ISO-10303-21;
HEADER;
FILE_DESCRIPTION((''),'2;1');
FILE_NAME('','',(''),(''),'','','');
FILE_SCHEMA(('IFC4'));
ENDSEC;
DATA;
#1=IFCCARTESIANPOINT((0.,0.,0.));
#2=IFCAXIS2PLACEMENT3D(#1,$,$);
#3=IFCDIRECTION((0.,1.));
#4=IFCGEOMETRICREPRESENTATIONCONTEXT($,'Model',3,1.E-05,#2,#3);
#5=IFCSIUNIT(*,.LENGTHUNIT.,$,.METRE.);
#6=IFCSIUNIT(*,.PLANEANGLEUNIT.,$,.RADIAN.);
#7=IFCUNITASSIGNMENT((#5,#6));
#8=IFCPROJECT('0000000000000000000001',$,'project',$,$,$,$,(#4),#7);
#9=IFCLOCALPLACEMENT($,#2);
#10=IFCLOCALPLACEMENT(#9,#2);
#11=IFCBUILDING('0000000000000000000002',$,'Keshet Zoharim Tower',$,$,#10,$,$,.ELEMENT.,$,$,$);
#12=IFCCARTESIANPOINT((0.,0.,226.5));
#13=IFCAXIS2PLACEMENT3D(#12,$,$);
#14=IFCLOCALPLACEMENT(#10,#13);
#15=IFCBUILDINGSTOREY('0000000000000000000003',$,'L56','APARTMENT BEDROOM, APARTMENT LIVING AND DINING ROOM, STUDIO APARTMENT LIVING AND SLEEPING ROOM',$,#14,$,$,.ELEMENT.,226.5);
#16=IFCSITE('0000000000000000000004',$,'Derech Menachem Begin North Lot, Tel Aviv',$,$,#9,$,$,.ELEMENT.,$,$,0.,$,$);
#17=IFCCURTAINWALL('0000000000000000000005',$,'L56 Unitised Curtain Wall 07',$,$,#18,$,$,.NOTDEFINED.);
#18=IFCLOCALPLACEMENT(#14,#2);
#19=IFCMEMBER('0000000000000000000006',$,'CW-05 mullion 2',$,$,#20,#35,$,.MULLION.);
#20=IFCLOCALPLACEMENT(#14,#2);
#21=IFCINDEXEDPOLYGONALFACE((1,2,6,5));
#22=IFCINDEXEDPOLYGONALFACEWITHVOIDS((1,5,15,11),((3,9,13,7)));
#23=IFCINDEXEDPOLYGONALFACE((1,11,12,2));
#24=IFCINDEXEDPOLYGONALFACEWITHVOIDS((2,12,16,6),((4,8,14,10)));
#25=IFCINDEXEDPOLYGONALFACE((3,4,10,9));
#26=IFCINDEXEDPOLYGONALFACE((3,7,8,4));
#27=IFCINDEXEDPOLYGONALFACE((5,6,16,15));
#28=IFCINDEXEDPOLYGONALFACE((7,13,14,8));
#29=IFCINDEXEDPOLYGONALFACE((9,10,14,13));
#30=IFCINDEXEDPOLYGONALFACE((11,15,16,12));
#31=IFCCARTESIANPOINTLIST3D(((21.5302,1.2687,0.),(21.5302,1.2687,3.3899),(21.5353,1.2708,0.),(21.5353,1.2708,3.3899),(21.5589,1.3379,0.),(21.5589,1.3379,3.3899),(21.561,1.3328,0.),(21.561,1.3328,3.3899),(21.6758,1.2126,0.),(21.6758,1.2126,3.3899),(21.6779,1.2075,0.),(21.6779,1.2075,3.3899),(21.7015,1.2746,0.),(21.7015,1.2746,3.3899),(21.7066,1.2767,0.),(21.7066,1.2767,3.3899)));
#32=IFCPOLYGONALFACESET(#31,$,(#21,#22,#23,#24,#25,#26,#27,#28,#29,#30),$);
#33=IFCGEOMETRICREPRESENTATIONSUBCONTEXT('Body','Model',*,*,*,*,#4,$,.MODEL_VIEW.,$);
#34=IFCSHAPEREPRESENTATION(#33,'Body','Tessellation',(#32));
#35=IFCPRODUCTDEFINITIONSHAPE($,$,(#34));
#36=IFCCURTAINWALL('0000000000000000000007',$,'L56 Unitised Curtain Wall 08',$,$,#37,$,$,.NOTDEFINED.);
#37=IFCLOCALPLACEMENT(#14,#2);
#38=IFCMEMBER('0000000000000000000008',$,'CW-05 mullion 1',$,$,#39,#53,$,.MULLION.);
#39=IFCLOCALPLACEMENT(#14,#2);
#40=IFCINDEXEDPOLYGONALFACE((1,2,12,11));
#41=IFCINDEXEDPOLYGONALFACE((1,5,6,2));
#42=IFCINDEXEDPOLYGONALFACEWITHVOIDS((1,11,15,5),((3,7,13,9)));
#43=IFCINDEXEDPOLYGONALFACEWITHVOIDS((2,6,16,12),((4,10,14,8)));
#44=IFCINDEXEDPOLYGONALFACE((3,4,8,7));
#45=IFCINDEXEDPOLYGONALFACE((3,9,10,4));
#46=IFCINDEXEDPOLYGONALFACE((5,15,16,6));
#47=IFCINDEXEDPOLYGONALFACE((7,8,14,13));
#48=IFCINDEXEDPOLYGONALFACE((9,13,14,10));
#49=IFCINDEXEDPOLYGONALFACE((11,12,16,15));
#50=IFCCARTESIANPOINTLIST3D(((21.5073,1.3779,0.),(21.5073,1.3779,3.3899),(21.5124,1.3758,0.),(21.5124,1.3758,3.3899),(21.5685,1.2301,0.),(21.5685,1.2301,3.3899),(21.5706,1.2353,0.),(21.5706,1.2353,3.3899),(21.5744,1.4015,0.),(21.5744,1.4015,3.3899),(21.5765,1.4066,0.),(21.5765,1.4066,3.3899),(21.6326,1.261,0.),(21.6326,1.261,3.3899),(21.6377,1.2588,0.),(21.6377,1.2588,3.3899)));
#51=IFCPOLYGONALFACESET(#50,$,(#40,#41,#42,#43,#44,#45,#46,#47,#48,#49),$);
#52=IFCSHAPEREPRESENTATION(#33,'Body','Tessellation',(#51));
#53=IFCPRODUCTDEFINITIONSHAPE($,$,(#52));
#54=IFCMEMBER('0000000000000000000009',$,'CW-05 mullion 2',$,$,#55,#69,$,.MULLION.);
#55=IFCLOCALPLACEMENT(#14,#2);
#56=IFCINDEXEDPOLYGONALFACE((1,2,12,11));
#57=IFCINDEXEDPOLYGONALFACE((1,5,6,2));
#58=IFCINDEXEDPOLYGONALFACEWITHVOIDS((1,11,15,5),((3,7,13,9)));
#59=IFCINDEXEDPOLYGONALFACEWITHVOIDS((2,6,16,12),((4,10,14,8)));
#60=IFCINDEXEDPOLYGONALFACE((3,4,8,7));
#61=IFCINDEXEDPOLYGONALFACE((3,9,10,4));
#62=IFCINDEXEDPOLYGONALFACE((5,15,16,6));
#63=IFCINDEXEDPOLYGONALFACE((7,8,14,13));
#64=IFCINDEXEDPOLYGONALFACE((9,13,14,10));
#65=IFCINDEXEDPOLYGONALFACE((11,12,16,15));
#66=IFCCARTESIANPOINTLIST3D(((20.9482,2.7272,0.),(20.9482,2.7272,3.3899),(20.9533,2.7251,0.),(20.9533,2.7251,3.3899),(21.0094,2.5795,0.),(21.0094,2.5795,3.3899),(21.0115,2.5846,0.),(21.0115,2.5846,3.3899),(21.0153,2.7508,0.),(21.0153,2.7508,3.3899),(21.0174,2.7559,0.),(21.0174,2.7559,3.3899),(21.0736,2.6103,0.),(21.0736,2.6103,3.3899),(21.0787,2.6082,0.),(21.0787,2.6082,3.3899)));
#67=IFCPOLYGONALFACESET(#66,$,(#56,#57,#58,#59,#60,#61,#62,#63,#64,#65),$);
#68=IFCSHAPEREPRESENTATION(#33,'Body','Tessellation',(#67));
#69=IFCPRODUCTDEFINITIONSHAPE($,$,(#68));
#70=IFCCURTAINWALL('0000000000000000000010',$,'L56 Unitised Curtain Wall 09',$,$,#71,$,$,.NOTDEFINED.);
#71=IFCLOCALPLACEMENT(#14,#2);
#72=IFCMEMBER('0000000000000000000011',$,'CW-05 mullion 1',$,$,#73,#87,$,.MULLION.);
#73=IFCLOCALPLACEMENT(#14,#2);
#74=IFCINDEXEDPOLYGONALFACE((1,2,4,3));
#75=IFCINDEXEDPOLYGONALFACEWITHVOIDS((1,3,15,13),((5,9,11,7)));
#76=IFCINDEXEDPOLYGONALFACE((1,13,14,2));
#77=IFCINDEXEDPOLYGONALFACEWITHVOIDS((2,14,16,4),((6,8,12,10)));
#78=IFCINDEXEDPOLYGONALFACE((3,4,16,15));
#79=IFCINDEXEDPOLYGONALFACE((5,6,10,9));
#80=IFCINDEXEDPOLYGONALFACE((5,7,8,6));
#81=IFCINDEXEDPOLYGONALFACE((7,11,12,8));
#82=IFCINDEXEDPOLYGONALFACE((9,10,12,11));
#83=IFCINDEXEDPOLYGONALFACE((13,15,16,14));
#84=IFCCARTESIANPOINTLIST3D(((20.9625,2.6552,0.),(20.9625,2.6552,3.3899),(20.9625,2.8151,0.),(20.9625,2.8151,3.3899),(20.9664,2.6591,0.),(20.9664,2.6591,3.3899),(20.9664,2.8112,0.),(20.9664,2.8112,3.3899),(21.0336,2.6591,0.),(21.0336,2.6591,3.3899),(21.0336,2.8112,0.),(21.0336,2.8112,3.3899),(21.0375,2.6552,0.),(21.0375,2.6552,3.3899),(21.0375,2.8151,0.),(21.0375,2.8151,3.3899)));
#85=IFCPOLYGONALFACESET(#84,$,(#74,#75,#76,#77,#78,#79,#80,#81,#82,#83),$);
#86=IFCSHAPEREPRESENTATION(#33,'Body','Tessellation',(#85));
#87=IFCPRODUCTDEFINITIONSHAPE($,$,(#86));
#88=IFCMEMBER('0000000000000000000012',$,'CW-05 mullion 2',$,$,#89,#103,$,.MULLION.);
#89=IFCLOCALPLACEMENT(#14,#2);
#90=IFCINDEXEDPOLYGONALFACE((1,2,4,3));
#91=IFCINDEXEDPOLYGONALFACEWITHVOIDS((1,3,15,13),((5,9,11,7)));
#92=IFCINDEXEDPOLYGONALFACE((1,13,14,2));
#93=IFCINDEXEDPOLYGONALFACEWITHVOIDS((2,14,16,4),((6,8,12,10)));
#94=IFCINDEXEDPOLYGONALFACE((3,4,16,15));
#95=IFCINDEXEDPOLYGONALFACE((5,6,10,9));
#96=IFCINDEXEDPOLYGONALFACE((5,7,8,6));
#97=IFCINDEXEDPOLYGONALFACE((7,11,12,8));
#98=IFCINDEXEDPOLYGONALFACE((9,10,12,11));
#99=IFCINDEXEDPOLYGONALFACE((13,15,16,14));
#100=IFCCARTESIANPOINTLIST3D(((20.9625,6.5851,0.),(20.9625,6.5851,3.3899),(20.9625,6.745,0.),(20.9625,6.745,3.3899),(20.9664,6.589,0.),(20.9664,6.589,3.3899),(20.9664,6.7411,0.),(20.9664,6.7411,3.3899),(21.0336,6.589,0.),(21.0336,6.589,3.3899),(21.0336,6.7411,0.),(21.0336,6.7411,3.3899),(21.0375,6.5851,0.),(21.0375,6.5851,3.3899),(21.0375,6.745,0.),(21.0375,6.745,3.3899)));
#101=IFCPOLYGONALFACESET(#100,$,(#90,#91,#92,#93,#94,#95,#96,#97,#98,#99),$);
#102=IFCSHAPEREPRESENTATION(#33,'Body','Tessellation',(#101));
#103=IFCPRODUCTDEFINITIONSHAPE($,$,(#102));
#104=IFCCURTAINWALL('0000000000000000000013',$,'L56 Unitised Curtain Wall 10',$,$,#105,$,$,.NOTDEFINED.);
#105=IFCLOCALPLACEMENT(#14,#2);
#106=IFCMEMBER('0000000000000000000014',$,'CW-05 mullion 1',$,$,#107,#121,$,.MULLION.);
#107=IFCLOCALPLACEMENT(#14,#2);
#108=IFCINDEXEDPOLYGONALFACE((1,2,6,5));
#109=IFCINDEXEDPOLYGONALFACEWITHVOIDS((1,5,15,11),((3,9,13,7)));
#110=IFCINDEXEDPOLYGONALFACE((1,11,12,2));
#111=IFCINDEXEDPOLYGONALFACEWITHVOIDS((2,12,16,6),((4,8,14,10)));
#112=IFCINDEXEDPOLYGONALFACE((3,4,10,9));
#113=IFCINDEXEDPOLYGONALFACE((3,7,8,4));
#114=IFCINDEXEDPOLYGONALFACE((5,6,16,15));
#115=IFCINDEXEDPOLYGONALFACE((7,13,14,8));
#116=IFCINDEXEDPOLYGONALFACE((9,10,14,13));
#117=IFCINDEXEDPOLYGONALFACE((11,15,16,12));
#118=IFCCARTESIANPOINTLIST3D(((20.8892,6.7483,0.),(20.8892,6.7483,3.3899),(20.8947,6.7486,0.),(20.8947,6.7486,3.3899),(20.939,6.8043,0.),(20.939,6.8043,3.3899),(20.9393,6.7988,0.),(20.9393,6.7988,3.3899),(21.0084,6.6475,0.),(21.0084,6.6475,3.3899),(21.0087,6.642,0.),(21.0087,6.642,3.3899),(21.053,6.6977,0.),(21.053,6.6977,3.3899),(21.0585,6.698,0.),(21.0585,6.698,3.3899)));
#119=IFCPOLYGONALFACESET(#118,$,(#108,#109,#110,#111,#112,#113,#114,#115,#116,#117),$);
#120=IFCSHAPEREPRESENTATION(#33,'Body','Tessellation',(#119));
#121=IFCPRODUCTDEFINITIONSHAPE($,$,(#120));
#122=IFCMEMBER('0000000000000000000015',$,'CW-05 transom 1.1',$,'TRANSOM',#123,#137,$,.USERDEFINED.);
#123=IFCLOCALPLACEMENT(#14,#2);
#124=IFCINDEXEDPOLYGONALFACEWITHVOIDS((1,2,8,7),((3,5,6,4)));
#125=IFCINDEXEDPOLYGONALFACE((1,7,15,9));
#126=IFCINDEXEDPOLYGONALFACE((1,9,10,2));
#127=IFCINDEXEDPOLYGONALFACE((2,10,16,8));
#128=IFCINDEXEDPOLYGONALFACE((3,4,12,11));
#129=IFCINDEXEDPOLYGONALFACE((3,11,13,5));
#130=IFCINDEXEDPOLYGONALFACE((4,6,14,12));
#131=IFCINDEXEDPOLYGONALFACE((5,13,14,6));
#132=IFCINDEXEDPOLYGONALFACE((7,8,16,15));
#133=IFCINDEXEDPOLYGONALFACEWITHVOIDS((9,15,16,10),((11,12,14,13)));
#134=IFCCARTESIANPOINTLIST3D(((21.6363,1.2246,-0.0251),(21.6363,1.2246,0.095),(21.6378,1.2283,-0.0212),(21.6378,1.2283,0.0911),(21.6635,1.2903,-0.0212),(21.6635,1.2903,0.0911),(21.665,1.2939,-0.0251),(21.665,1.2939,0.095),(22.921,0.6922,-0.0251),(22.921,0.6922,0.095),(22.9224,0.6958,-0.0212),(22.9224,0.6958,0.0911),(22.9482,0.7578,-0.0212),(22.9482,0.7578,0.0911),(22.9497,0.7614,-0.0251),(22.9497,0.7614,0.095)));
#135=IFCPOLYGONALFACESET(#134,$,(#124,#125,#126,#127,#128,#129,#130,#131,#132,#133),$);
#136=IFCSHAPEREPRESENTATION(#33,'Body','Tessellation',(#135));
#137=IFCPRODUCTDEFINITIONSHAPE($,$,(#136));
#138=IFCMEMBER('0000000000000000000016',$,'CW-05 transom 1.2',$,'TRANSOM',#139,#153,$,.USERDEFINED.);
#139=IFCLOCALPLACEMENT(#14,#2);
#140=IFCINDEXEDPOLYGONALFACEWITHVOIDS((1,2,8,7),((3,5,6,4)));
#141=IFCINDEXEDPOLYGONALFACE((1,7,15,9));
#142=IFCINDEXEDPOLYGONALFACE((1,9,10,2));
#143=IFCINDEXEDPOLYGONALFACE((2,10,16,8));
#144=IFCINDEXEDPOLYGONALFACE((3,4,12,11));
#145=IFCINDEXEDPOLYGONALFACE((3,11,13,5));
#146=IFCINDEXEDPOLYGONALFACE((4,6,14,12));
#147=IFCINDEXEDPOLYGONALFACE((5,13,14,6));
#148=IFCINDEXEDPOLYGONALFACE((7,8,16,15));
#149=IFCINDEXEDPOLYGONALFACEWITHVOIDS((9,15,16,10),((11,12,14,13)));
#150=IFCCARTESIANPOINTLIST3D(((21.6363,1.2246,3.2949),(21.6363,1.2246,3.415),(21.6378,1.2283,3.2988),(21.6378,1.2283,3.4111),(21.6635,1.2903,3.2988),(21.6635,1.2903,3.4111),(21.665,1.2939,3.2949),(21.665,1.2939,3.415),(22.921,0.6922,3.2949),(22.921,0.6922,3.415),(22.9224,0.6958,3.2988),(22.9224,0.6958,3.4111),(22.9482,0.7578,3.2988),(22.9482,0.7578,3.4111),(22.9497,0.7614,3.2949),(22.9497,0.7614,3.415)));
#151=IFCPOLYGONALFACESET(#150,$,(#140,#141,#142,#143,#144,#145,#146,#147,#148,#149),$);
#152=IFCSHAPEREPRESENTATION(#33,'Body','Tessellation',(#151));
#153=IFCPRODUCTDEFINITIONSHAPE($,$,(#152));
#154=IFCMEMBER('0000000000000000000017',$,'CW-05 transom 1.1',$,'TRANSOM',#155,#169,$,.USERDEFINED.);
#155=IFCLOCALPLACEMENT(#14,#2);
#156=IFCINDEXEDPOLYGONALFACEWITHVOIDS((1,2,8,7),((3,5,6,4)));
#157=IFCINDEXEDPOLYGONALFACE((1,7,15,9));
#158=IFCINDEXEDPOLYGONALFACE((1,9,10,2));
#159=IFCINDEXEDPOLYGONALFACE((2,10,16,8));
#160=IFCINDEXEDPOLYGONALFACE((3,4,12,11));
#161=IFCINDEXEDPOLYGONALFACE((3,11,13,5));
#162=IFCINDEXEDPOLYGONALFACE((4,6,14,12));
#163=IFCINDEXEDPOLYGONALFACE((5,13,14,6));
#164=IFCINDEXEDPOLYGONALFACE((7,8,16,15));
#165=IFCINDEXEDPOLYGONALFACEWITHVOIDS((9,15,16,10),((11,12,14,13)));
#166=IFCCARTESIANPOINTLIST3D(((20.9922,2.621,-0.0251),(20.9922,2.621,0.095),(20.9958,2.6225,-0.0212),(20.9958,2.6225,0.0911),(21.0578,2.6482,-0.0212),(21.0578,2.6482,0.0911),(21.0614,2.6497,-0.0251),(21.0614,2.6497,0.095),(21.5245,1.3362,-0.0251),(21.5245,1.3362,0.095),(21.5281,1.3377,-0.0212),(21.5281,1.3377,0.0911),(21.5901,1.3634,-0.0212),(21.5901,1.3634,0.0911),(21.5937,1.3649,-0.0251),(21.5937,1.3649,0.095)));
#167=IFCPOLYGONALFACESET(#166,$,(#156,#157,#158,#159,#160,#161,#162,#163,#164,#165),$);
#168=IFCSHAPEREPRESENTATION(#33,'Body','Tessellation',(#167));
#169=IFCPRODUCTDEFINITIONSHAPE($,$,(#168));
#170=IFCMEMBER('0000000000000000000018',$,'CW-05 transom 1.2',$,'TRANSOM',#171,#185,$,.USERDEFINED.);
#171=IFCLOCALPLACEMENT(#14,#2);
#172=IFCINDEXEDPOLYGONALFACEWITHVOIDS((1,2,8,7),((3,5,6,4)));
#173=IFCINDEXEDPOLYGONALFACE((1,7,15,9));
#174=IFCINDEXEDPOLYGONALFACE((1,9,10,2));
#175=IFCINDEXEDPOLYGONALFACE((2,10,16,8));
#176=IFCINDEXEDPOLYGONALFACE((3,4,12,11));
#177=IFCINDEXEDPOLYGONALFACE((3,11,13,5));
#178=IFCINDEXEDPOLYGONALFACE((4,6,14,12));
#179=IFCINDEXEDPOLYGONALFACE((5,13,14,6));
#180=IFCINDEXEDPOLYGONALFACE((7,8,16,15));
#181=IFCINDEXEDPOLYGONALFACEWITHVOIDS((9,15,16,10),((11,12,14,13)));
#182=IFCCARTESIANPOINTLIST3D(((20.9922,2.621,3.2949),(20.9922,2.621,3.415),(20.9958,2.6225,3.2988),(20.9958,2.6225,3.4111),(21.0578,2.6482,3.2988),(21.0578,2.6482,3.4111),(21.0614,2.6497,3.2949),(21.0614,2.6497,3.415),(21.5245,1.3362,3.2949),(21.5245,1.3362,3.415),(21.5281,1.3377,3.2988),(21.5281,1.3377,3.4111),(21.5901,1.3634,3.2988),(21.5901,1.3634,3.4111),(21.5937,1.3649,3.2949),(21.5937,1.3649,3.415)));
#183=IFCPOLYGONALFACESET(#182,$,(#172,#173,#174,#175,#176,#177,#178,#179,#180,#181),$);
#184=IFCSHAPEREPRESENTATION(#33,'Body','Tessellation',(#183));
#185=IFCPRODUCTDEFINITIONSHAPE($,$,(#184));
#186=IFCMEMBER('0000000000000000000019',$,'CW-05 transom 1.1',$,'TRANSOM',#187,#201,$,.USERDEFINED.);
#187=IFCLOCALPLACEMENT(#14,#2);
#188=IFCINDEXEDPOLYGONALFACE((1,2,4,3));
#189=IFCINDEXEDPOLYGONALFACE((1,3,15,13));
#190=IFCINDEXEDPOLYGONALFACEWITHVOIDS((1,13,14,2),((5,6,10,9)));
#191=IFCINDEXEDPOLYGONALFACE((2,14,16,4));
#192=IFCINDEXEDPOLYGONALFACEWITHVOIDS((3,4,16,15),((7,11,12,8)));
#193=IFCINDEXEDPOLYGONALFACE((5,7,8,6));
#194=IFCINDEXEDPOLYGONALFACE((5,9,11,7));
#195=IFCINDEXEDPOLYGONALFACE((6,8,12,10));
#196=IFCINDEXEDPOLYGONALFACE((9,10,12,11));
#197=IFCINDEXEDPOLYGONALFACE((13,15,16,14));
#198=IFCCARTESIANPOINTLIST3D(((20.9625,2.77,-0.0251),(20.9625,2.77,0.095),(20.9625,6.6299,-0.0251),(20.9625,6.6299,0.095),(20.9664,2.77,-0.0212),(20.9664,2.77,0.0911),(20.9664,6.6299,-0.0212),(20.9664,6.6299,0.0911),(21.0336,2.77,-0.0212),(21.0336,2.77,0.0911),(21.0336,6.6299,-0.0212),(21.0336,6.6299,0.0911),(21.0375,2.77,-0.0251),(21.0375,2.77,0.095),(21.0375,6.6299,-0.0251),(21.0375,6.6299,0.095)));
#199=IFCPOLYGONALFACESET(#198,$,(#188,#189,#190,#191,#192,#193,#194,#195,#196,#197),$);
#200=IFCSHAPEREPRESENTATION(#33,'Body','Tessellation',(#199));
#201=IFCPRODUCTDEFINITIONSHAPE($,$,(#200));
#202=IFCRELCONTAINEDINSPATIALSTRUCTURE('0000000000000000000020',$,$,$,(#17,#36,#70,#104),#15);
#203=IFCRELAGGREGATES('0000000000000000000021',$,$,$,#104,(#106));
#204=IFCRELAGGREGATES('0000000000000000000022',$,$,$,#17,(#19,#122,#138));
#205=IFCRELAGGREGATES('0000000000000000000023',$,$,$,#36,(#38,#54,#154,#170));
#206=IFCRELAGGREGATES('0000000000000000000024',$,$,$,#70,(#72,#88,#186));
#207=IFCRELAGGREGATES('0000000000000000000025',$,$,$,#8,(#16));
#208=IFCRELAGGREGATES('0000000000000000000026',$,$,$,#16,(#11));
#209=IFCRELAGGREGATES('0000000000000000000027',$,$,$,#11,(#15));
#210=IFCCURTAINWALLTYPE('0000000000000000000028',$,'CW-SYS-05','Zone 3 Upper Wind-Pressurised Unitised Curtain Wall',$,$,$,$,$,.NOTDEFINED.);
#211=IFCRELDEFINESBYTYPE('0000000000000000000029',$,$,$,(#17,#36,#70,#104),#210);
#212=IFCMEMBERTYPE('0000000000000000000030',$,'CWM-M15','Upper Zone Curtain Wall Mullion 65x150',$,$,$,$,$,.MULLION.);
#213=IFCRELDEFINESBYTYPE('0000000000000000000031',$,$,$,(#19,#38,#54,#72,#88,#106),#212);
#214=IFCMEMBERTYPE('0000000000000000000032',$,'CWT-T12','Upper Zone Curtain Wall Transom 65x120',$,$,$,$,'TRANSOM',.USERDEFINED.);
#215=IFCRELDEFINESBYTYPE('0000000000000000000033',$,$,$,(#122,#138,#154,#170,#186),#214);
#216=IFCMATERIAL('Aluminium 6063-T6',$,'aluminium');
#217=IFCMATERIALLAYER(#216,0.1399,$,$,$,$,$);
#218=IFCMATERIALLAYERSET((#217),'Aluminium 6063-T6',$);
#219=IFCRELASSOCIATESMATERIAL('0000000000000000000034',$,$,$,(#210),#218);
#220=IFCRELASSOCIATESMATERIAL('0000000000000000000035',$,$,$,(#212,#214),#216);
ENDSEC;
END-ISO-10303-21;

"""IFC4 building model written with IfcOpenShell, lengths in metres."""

from ifc_helpers import new_model, si_unit, direction, frame, origin, origin_2d, place, context, subcontext, project, spatial, hollow_rectangle, extrude, material, layer, layer_set, material_profile, profile_set, type_object, element, aggregate, save


model = new_model("IFC4")

# Units and contexts
model_context = context("Model", 3, precision=1e-05, world=origin(), true_north=direction((0.0, 1.0)))
body_context = subcontext(model_context, "Body", "Model", "MODEL_VIEW")
ifc_project = project(units=[si_unit("LENGTHUNIT", "METRE"), si_unit("PLANEANGLEUNIT", "RADIAN")], contexts=[model_context])

# Site, building, storey
site_placement = place(None, origin())
site = spatial("IfcSite", under=ifc_project, at=site_placement, Name="Derech Menachem Begin North Lot, Tel Aviv", CompositionType="ELEMENT", RefElevation=0.0)
building_placement = place(site_placement, origin())
building = spatial("IfcBuilding", under=site, at=building_placement, Name="Keshet Zoharim Tower", CompositionType="ELEMENT")
storey_placement = place(building_placement, frame((0.0, 0.0, 226.5)))
storey = spatial("IfcBuildingStorey", under=building, at=storey_placement, Name="L56", Description="APARTMENT BEDROOM, APARTMENT LIVING AND DINING ROOM, STUDIO APARTMENT LIVING AND SLEEPING ROOM", CompositionType="ELEMENT", Elevation=226.5)

# Shared definitions
ifc_material_1 = material(Name="Aluminium 6063-T6", Category="aluminium")
ifc_layer_1 = layer(ifc_material_1, 0.1399)
ifc_layer_set_1 = layer_set([ifc_layer_1], Name="Aluminium 6063-T6")
curtain_wall_type = type_object("IfcCurtainWallType", Name="CW-SYS-05", Description="Zone 3 Upper Wind-Pressurised Unitised Curtain Wall", PredefinedType="NOTDEFINED", material=ifc_layer_set_1)
ifc_material_profile_1 = material_profile(ifc_material_1, hollow_rectangle(XDim=0.075, YDim=0.1599, WallThickness=0.0039, at=origin_2d()), Name="MUL-75x160")
ifc_profile_set_1 = profile_set([ifc_material_profile_1], Name="Aluminium 6063-T6")
member_type_1 = type_object("IfcMemberType", Name="CWM-M15", Description="Upper Zone Curtain Wall Mullion 65x150", PredefinedType="MULLION", material=ifc_profile_set_1)

# Curtain walls, members
curtain_wall_1_placement = place(storey_placement, origin())
curtain_wall_1 = element("IfcCurtainWall", 1, at=curtain_wall_1_placement, inside=storey, type_object=curtain_wall_type, Name="L56 Unitised Curtain Wall 07", PredefinedType="NOTDEFINED")
member_1_placement = place(storey_placement, frame((21.6184, 1.2727, 0.0), z_axis=(0.0, 0.0, 1.0), x_axis=(-0.382852, -0.92381, 0.0)))
member_1 = element("IfcMember", 2, at=member_1_placement, type_object=member_type_1, Name="CW-05 mullion 2", PredefinedType="MULLION", context=body_context, shape_type="SweptSolid", body=[
    extrude(hollow_rectangle(XDim=0.075, YDim=0.1599, WallThickness=0.0039, at=origin_2d()), origin(), (0.0, 0.0, 1.0), 3.3899),
])
curtain_wall_2_placement = place(storey_placement, origin())
curtain_wall_2 = element("IfcCurtainWall", 3, at=curtain_wall_2_placement, inside=storey, type_object=curtain_wall_type, Name="L56 Unitised Curtain Wall 08", PredefinedType="NOTDEFINED")
member_2_placement = place(storey_placement, frame((21.5725, 1.3184, 0.0), z_axis=(0.0, 0.0, 1.0), x_axis=(-0.92381, -0.382852, 0.0)))
member_2 = element("IfcMember", 4, at=member_2_placement, type_object=member_type_1, Name="CW-05 mullion 1", PredefinedType="MULLION", context=body_context, shape_type="SweptSolid", body=[
    extrude(hollow_rectangle(XDim=0.075, YDim=0.1599, WallThickness=0.0039, at=origin_2d()), origin(), (0.0, 0.0, 1.0), 3.3899),
])
member_3_placement = place(storey_placement, frame((21.0134, 2.6677, 0.0), z_axis=(0.0, 0.0, 1.0), x_axis=(-0.92381, -0.382852, 0.0)))
member_3 = element("IfcMember", 5, at=member_3_placement, type_object=member_type_1, Name="CW-05 mullion 2", PredefinedType="MULLION", context=body_context, shape_type="SweptSolid", body=[
    extrude(hollow_rectangle(XDim=0.075, YDim=0.1599, WallThickness=0.0039, at=origin_2d()), origin(), (0.0, 0.0, 1.0), 3.3899),
])
curtain_wall_3_placement = place(storey_placement, origin())
curtain_wall_3 = element("IfcCurtainWall", 6, at=curtain_wall_3_placement, inside=storey, type_object=curtain_wall_type, Name="L56 Unitised Curtain Wall 09", PredefinedType="NOTDEFINED")
member_4_placement = place(storey_placement, frame((21.0, 2.7351, 0.0), z_axis=(0.0, 0.0, 1.0), x_axis=(-1.0, 0.0, 0.0)))
member_4 = element("IfcMember", 7, at=member_4_placement, type_object=member_type_1, Name="CW-05 mullion 1", PredefinedType="MULLION", context=body_context, shape_type="SweptSolid", body=[
    extrude(hollow_rectangle(XDim=0.075, YDim=0.1599, WallThickness=0.0039, at=origin_2d()), origin(), (0.0, 0.0, 1.0), 3.3899),
])
member_5_placement = place(storey_placement, frame((21.0, 6.665, 0.0), z_axis=(0.0, 0.0, 1.0), x_axis=(-1.0, 0.0, 0.0)))
member_5 = element("IfcMember", 8, at=member_5_placement, type_object=member_type_1, Name="CW-05 mullion 2", PredefinedType="MULLION", context=body_context, shape_type="SweptSolid", body=[
    extrude(hollow_rectangle(XDim=0.075, YDim=0.1599, WallThickness=0.0039, at=origin_2d()), origin(), (0.0, 0.0, 1.0), 3.3899),
])

# Curtain wall, member
curtain_wall_4_placement = place(storey_placement, origin())
curtain_wall_4 = element("IfcCurtainWall", 9, at=curtain_wall_4_placement, inside=storey, type_object=curtain_wall_type, Name="L56 Unitised Curtain Wall 10", PredefinedType="NOTDEFINED")
member_6_placement = place(storey_placement, frame((20.9739, 6.7231, 0.0), z_axis=(0.0, 0.0, 1.0), x_axis=(-0.664363, -0.74741, 0.0)))
member_6 = element("IfcMember", 10, at=member_6_placement, type_object=member_type_1, Name="CW-05 mullion 1", PredefinedType="MULLION", context=body_context, shape_type="SweptSolid", body=[
    extrude(hollow_rectangle(XDim=0.075, YDim=0.1599, WallThickness=0.0039, at=origin_2d()), origin(), (0.0, 0.0, 1.0), 3.3899),
])

# Members
ifc_material_profile_2 = material_profile(ifc_material_1, hollow_rectangle(XDim=0.075, YDim=0.1201, WallThickness=0.0039, at=origin_2d()), Name="TRN-75x120")
ifc_profile_set_2 = profile_set([ifc_material_profile_2], Name="Aluminium 6063-T6")
member_type_2 = type_object("IfcMemberType", Name="CWT-T12", Description="Upper Zone Curtain Wall Transom 65x120", ElementType="TRANSOM", PredefinedType="USERDEFINED", material=ifc_profile_set_2)
member_7_placement = place(storey_placement, frame((22.9353, 0.7268, 0.0349), z_axis=(-0.923792, 0.382894, 0.0), x_axis=(-0.382894, -0.923792, 0.0)))
member_7 = element("IfcMember", 11, at=member_7_placement, type_object=member_type_2, Name="CW-05 transom 1.1", ObjectType="TRANSOM", PredefinedType="USERDEFINED", context=body_context, shape_type="SweptSolid", body=[
    extrude(hollow_rectangle(XDim=0.075, YDim=0.1201, WallThickness=0.0039, at=origin_2d()), origin(), (0.0, 0.0, 1.0), 1.3906),
])
member_8_placement = place(storey_placement, frame((22.9353, 0.7268, 3.355), z_axis=(-0.923792, 0.382894, 0.0), x_axis=(-0.382894, -0.923792, 0.0)))
member_8 = element("IfcMember", 12, at=member_8_placement, type_object=member_type_2, Name="CW-05 transom 1.2", ObjectType="TRANSOM", PredefinedType="USERDEFINED", context=body_context, shape_type="SweptSolid", body=[
    extrude(hollow_rectangle(XDim=0.075, YDim=0.1201, WallThickness=0.0039, at=origin_2d()), origin(), (0.0, 0.0, 1.0), 1.3906),
])
member_9_placement = place(storey_placement, frame((21.5591, 1.3506, 0.0349), z_axis=(-0.382745, 0.923854, 0.0), x_axis=(-0.923854, -0.382745, 0.0)))
member_9 = element("IfcMember", 13, at=member_9_placement, type_object=member_type_2, Name="CW-05 transom 1.1", ObjectType="TRANSOM", PredefinedType="USERDEFINED", context=body_context, shape_type="SweptSolid", body=[
    extrude(hollow_rectangle(XDim=0.075, YDim=0.1201, WallThickness=0.0039, at=origin_2d()), origin(), (0.0, 0.0, 1.0), 1.3906),
])
member_10_placement = place(storey_placement, frame((21.5591, 1.3506, 3.355), z_axis=(-0.382745, 0.923854, 0.0), x_axis=(-0.923854, -0.382745, 0.0)))
member_10 = element("IfcMember", 14, at=member_10_placement, type_object=member_type_2, Name="CW-05 transom 1.2", ObjectType="TRANSOM", PredefinedType="USERDEFINED", context=body_context, shape_type="SweptSolid", body=[
    extrude(hollow_rectangle(XDim=0.075, YDim=0.1201, WallThickness=0.0039, at=origin_2d()), origin(), (0.0, 0.0, 1.0), 1.3906),
])
member_11_placement = place(storey_placement, frame((21.0, 2.77, 0.0349), z_axis=(0.0, 1.0, 0.0), x_axis=(-1.0, 0.0, 0.0)))
member_11 = element("IfcMember", 15, at=member_11_placement, type_object=member_type_2, Name="CW-05 transom 1.1", ObjectType="TRANSOM", PredefinedType="USERDEFINED", context=body_context, shape_type="SweptSolid", body=[
    extrude(hollow_rectangle(XDim=0.075, YDim=0.1201, WallThickness=0.0039, at=origin_2d()), origin(), (0.0, 0.0, 1.0), 3.8599),
])
aggregate(curtain_wall_4, [member_6])

aggregate(curtain_wall_1, [member_1, member_7, member_8])
aggregate(curtain_wall_2, [member_2, member_3, member_9, member_10])
aggregate(curtain_wall_3, [member_4, member_5, member_11])

save(model, "model.ifc")
